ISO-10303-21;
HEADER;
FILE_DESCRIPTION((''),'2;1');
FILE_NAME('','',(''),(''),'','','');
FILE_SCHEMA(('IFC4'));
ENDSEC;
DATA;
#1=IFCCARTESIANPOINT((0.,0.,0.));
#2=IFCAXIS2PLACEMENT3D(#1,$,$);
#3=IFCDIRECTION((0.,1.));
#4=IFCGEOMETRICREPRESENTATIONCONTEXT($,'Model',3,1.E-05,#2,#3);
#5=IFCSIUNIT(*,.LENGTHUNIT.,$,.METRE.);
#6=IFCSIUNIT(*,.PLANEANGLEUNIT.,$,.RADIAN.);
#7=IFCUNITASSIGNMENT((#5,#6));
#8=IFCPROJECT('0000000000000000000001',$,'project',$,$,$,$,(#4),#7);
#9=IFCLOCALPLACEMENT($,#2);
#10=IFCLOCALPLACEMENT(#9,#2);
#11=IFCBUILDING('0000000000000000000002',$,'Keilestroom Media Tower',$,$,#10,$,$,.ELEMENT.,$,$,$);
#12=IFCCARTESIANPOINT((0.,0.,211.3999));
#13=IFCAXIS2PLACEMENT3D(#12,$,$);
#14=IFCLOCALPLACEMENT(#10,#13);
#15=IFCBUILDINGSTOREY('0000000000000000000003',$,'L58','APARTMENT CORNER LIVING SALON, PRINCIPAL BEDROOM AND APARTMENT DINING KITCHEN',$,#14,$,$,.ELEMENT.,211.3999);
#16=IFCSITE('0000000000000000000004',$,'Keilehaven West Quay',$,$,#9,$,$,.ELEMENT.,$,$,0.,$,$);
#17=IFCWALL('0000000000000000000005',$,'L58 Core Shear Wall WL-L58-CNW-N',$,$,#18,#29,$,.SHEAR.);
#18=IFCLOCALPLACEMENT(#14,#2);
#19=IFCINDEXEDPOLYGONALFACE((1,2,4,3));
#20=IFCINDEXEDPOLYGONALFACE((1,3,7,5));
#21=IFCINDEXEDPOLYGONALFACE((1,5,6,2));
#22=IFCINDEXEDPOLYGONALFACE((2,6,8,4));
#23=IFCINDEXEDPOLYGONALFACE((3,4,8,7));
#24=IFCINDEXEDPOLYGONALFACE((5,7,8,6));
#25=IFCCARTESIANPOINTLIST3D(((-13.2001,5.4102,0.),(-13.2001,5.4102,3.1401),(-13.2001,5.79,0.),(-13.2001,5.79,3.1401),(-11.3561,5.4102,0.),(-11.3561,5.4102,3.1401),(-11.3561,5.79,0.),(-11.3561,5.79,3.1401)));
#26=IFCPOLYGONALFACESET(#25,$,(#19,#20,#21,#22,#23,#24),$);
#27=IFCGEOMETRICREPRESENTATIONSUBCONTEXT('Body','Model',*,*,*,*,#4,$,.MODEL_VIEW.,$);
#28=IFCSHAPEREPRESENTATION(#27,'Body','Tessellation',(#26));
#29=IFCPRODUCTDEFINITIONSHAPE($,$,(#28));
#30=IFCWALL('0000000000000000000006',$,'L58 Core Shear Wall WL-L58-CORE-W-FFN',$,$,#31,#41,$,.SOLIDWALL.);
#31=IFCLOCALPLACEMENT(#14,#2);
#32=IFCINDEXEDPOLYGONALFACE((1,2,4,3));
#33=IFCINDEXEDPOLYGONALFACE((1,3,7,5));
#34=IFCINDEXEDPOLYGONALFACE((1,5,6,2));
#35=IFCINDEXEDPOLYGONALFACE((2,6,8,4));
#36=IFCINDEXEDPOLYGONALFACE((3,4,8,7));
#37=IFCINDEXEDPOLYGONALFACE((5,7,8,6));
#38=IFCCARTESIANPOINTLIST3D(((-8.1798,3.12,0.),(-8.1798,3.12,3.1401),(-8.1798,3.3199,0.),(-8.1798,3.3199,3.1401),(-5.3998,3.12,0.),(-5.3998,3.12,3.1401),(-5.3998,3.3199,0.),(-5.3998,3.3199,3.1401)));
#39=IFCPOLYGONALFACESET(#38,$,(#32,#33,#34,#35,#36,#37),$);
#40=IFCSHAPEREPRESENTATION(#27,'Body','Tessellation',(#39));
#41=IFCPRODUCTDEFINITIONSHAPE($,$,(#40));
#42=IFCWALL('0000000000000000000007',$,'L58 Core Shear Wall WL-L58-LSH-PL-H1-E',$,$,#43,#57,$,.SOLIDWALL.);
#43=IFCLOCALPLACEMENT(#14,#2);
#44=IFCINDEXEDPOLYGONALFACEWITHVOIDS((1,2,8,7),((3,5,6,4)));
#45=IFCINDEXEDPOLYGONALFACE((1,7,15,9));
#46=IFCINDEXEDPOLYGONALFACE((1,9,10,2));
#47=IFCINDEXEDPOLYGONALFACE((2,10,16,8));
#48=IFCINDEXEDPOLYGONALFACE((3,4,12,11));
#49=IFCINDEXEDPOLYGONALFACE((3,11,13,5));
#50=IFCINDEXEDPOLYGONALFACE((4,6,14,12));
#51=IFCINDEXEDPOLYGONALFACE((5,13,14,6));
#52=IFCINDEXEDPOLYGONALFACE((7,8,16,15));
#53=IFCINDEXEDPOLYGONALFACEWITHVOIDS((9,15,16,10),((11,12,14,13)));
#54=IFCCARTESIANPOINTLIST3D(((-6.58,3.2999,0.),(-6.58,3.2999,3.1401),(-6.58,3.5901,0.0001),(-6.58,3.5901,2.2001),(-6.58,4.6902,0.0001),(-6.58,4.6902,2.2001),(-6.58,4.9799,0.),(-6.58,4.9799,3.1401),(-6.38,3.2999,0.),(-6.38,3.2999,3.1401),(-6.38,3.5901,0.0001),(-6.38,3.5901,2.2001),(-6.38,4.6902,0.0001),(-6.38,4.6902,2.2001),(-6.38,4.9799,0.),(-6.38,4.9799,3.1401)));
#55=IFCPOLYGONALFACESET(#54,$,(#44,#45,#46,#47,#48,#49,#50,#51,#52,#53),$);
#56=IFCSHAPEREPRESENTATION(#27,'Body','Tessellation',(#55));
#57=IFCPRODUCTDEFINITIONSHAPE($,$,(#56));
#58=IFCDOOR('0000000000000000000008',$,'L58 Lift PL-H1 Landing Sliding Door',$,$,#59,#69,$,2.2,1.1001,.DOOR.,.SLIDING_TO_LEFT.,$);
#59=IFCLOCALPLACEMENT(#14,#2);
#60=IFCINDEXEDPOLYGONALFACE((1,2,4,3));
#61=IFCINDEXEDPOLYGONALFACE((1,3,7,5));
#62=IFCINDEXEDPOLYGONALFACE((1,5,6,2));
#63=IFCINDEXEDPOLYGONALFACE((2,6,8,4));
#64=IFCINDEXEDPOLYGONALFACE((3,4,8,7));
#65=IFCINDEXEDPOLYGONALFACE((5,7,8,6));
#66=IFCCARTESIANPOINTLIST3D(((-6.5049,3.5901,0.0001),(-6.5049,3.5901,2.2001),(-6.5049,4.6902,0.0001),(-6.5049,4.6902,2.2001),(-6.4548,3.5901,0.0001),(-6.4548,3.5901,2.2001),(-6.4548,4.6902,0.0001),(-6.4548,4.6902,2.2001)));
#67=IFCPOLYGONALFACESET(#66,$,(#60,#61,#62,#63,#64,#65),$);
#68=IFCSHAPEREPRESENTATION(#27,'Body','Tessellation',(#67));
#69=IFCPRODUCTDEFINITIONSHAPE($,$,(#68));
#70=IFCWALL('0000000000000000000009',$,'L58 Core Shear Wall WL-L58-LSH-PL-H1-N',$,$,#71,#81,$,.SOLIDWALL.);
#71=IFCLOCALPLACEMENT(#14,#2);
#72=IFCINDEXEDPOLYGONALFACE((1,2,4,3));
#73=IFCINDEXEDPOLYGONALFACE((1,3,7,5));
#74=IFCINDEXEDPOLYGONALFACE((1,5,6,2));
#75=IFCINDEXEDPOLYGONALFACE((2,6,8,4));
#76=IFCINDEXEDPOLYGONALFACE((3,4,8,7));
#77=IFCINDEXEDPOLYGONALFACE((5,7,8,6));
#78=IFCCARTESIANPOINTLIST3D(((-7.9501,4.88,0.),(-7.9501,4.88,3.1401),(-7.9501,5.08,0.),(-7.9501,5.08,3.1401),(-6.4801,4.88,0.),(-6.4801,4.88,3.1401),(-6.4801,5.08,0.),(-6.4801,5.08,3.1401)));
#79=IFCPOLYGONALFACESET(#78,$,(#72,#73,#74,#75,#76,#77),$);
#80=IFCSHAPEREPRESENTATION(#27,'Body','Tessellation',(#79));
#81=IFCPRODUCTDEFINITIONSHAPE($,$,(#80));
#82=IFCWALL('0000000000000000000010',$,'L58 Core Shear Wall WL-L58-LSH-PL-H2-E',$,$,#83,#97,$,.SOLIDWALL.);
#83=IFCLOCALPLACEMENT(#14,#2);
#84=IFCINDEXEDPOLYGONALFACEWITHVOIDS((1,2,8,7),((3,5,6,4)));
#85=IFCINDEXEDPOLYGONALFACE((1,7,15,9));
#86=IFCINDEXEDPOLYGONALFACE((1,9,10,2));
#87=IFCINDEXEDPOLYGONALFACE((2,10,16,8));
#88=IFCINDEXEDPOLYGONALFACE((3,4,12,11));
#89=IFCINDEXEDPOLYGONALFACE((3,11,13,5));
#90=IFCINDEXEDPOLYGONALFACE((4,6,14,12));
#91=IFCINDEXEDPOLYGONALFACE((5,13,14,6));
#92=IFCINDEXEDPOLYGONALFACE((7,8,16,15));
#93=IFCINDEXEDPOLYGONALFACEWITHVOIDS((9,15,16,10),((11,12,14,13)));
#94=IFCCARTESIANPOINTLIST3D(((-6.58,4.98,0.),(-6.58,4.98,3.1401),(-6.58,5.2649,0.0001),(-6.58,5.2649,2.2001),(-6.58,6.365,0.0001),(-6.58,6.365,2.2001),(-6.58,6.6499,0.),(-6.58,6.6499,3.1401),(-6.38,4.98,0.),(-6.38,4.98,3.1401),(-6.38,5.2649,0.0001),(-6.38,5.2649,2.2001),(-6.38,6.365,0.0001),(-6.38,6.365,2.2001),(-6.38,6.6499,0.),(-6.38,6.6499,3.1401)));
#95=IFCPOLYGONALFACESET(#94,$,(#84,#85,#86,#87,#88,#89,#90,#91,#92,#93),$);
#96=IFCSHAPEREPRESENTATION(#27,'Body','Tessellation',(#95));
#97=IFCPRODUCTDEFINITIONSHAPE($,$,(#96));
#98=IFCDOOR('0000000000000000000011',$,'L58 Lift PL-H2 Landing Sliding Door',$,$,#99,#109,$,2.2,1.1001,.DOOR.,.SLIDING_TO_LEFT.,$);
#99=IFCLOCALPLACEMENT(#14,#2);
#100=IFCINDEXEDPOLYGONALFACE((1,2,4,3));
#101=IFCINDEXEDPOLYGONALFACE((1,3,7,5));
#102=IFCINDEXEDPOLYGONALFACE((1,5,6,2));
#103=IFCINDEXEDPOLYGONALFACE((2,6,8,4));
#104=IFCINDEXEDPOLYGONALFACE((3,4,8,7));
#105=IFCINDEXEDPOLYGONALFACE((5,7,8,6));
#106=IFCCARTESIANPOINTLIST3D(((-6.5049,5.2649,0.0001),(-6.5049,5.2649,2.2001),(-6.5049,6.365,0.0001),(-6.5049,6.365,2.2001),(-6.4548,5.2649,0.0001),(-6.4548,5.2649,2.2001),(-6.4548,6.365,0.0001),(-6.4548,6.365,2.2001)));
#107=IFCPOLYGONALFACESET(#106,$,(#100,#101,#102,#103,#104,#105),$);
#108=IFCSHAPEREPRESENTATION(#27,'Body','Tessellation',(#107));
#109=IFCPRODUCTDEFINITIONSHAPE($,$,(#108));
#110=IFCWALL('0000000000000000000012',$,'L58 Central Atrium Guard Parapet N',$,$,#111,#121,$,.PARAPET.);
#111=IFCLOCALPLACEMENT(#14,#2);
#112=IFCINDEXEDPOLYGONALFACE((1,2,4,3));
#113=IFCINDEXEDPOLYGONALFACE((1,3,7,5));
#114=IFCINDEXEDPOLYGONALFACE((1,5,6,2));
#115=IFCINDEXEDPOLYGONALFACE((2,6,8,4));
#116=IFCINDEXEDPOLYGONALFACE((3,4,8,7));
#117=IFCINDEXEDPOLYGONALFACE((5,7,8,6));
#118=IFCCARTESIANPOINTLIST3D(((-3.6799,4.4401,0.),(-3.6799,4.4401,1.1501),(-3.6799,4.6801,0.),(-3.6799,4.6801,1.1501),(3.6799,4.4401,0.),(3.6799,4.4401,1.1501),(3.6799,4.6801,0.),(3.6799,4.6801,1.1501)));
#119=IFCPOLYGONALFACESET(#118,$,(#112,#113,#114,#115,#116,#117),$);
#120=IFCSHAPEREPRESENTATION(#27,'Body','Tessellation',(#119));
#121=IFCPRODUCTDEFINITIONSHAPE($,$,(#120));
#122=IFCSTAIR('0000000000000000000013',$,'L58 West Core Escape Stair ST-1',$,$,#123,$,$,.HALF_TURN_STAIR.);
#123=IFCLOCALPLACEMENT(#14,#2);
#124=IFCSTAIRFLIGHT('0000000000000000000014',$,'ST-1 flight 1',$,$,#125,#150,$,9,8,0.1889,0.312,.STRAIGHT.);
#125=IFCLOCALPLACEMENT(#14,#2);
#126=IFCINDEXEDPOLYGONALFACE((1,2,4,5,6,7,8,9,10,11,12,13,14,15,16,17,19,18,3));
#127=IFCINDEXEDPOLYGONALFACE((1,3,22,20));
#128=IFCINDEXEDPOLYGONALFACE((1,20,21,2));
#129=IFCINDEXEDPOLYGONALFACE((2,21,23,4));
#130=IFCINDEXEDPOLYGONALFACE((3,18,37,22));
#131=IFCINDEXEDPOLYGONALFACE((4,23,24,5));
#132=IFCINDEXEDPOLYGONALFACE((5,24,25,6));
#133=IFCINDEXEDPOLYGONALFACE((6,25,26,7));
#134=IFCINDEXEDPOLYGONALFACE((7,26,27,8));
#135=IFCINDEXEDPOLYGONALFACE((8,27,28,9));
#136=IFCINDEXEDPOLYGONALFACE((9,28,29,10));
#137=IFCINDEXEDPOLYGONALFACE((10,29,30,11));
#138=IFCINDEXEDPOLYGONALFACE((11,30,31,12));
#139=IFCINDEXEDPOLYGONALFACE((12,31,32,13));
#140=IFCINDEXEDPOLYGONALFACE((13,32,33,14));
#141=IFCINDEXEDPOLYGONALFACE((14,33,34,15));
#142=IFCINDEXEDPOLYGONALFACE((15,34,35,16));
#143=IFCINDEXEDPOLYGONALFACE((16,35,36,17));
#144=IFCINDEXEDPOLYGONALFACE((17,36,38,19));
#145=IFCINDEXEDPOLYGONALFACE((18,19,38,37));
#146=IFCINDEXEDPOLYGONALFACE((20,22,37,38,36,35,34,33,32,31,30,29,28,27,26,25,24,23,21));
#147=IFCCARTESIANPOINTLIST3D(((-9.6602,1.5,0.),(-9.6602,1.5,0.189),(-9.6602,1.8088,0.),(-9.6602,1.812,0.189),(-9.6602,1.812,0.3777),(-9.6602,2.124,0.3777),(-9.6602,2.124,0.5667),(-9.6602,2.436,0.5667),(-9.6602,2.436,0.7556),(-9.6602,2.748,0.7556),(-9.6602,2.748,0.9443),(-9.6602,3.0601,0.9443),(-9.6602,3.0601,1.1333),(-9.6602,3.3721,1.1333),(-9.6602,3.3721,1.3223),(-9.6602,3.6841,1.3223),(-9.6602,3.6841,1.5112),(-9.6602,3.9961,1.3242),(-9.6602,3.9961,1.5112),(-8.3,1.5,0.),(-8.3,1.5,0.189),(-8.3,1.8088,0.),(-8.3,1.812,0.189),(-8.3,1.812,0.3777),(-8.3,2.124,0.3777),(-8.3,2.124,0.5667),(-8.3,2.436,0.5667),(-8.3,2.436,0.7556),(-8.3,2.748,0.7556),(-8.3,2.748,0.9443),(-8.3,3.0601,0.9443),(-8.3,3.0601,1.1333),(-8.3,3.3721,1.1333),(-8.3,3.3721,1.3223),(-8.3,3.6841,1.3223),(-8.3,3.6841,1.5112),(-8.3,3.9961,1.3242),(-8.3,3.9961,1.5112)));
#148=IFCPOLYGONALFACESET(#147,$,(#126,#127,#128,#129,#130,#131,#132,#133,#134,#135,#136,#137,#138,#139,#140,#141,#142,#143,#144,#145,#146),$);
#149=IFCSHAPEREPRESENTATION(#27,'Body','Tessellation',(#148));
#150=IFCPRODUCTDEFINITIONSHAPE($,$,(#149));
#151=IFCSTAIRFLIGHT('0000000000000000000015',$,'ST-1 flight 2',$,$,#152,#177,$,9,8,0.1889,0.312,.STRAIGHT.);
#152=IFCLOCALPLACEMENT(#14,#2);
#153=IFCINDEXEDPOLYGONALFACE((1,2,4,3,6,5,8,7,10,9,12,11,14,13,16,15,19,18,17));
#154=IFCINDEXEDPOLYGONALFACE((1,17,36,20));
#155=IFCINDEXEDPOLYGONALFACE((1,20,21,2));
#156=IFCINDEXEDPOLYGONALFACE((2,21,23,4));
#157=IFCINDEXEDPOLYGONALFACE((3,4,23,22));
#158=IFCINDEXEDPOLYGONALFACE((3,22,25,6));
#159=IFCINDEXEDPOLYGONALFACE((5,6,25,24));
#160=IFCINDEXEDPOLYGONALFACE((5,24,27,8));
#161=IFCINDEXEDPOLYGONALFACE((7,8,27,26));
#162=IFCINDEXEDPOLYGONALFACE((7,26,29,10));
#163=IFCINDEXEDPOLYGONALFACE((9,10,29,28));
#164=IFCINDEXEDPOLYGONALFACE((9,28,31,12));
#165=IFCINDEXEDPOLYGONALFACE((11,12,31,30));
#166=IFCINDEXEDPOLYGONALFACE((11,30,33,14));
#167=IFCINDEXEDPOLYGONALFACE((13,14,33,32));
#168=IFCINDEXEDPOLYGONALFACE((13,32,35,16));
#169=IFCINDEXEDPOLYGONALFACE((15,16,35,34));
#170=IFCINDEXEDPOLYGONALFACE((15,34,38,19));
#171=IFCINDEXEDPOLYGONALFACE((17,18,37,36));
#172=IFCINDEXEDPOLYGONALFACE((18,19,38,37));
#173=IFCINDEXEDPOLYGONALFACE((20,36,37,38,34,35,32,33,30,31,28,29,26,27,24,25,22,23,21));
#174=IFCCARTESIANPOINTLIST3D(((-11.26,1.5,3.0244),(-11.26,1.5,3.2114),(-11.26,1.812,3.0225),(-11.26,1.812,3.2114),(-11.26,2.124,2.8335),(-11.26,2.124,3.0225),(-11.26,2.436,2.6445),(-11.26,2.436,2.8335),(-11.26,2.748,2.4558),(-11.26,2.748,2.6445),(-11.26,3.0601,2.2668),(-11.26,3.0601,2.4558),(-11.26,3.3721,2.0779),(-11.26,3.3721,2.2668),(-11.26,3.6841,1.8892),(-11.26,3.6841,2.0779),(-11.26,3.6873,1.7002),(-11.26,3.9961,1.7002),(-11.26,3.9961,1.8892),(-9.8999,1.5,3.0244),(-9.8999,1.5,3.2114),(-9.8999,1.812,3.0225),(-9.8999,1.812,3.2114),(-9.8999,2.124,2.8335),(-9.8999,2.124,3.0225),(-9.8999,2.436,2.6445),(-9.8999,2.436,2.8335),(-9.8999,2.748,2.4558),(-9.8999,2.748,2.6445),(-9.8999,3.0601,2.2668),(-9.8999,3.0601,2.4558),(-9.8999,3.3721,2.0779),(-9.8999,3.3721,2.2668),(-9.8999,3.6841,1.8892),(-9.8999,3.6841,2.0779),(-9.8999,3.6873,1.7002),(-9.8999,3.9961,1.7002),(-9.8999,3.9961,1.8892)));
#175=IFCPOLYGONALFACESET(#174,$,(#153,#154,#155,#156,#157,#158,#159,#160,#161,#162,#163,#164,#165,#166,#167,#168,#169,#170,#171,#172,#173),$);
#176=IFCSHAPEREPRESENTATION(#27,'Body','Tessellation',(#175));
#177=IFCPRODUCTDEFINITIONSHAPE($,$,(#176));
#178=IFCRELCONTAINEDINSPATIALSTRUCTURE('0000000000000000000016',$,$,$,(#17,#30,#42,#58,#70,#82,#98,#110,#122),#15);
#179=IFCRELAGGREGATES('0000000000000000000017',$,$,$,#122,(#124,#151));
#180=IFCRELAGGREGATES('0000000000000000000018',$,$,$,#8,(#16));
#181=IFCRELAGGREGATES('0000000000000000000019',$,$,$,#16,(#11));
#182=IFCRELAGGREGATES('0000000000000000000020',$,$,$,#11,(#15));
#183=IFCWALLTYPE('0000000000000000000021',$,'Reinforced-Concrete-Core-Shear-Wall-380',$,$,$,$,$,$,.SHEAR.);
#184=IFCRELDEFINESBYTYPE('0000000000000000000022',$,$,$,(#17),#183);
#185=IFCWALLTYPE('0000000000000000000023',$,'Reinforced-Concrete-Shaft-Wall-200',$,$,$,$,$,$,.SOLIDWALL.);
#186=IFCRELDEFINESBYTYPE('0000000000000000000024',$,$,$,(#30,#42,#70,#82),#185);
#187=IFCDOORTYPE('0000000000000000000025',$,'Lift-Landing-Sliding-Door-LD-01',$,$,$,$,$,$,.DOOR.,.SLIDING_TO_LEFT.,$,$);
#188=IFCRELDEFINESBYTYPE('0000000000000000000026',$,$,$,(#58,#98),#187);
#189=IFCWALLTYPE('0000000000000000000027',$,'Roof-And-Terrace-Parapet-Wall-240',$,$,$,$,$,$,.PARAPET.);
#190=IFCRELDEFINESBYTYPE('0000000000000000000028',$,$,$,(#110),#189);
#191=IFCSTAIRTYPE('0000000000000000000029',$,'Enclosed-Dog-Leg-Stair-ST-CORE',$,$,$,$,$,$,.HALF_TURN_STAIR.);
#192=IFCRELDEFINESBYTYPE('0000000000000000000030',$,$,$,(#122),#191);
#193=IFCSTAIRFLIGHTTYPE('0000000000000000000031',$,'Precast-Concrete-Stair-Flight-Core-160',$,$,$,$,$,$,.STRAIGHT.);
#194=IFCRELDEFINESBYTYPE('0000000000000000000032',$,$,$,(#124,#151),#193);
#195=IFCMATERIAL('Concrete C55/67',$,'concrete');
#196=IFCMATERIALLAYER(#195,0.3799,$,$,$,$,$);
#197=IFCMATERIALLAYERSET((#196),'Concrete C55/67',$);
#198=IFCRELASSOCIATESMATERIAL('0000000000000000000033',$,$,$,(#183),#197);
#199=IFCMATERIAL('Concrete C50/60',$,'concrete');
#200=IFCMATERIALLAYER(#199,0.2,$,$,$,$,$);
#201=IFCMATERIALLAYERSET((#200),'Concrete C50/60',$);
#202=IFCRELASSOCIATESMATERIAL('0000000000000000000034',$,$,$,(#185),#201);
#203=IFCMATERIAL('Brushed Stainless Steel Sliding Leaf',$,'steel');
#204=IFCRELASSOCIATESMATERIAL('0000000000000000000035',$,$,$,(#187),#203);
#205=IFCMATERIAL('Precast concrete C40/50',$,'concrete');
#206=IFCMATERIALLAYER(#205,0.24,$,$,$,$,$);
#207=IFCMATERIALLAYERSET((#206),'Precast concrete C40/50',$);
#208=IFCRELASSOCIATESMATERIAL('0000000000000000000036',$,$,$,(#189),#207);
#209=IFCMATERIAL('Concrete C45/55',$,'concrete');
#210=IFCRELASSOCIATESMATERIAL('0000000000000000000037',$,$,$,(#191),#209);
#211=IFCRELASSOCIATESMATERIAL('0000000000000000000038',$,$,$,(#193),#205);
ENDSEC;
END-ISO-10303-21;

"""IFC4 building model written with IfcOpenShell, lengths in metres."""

from ifc_helpers import new_model, si_unit, direction, frame, frame_2d, origin, place, context, subcontext, project, spatial, polyline, rectangle, outline, extrude, source, transform, mapped, material, layer, layer_set, type_object, element, fill, aggregate, save


model = new_model("IFC4")

# Units and contexts
model_context = context("Model", 3, precision=1e-05, world=origin(), true_north=direction((0.0, 1.0)))
body_context = subcontext(model_context, "Body", "Model", "MODEL_VIEW")
ifc_project = project(units=[si_unit("LENGTHUNIT", "METRE"), si_unit("PLANEANGLEUNIT", "RADIAN")], contexts=[model_context])

# Site, building, storey
site_placement = place(None, origin())
site = spatial("IfcSite", under=ifc_project, at=site_placement, Name="Keilehaven West Quay", CompositionType="ELEMENT", RefElevation=0.0)
building_placement = place(site_placement, origin())
building = spatial("IfcBuilding", under=site, at=building_placement, Name="Keilestroom Media Tower", CompositionType="ELEMENT")
storey_placement = place(building_placement, frame((0.0, 0.0, 211.3999)))
storey = spatial("IfcBuildingStorey", under=building, at=storey_placement, Name="L58", Description="APARTMENT CORNER LIVING SALON, PRINCIPAL BEDROOM AND APARTMENT DINING KITCHEN", CompositionType="ELEMENT", Elevation=211.3999)

# Shared definitions
ifc_material_1 = material(Name="Concrete C50/60", Category="concrete")

# Walls
ifc_material_2 = material(Name="Precast concrete C40/50", Category="concrete")
ifc_material_3 = material(Name="Concrete C55/67", Category="concrete")
ifc_layer_1 = layer(ifc_material_3, 0.3799)
ifc_layer_set_1 = layer_set([ifc_layer_1], Name="Concrete C55/67")
wall_type_1 = type_object("IfcWallType", Name="Reinforced-Concrete-Core-Shear-Wall-380", PredefinedType="SHEAR", material=ifc_layer_set_1)
wall_1_placement = place(storey_placement, frame((-13.2, 5.6001, 0.0), z_axis=(0.0, 0.0, 1.0), x_axis=(1.0, 0.0, 0.0)))
element("IfcWall", 1, at=wall_1_placement, inside=storey, type_object=wall_type_1, Name="L58 Core Shear Wall WL-L58-CNW-N", PredefinedType="SHEAR", context=body_context, shape_type="SweptSolid", body=[
    extrude(rectangle(XDim=1.844, YDim=0.3799, at=frame_2d((0.9219, 0.0))), origin(), (0.0, 0.0, 1.0), 3.1401),
])
ifc_layer_2 = layer(ifc_material_1, 0.2)
ifc_layer_set_2 = layer_set([ifc_layer_2], Name="Concrete C50/60")
wall_type_2 = type_object("IfcWallType", Name="Reinforced-Concrete-Shaft-Wall-200", PredefinedType="SOLIDWALL", material=ifc_layer_set_2)
wall_2_placement = place(storey_placement, frame((-8.1799, 3.22, 0.0), z_axis=(0.0, 0.0, 1.0), x_axis=(1.0, 0.0, 0.0)))
element("IfcWall", 2, at=wall_2_placement, inside=storey, type_object=wall_type_2, Name="L58 Core Shear Wall WL-L58-CORE-W-FFN", PredefinedType="SOLIDWALL", context=body_context, shape_type="SweptSolid", body=[
    extrude(rectangle(XDim=2.78, YDim=0.2, at=frame_2d((1.3901, 0.0))), origin(), (0.0, 0.0, 1.0), 3.1401),
])

# Wall, opening, door
wall_3_placement = place(storey_placement, frame((-6.48, 3.3, 0.0), z_axis=(0.0, 0.0, 1.0), x_axis=(0.0, 1.0, 0.0)))
wall_3 = element("IfcWall", 3, at=wall_3_placement, inside=storey, type_object=wall_type_2, Name="L58 Core Shear Wall WL-L58-LSH-PL-H1-E", PredefinedType="SOLIDWALL", context=body_context, shape_type="SweptSolid", body=[
    extrude(rectangle(XDim=1.6799, YDim=0.2, at=frame_2d((0.8398, 0.0))), origin(), (0.0, 0.0, 1.0), 3.1401),
])
opening_1_placement = place(wall_3_placement, frame((0.29, 0.0, 0.0)))
opening_1 = element("IfcOpeningElement", 4, at=opening_1_placement, cuts=wall_3, PredefinedType="OPENING", context=body_context, shape_type="SweptSolid", body=[
    extrude(rectangle(XDim=1.1001, YDim=2.2, at=frame_2d((0.55, 1.1001))), frame((0.0, 0.1099, 0.0), z_axis=(0.0, -1.0, 0.0), x_axis=(1.0, 0.0, 0.0)), (0.0, 0.0, 1.0), 0.22),
])
ifc_material_4 = material(Name="Brushed Stainless Steel Sliding Leaf", Category="steel")
door_type = type_object("IfcDoorType", Name="Lift-Landing-Sliding-Door-LD-01", OperationType="SLIDING_TO_LEFT", PredefinedType="DOOR", material=ifc_material_4)
shared_shape_1 = source(origin(), body_context, "Body", "SweptSolid", [
    extrude(rectangle(XDim=1.1001, YDim=2.2, at=frame_2d((0.55, 1.1001))), frame((0.0, 0.0249, 0.0), z_axis=(0.0, -1.0, 0.0), x_axis=(1.0, 0.0, 0.0)), (0.0, 0.0, 1.0), 0.05),
])
door_1_placement = place(opening_1_placement, origin())
door_1 = element("IfcDoor", 5, at=door_1_placement, inside=storey, type_object=door_type, Name="L58 Lift PL-H1 Landing Sliding Door", OperationType="SLIDING_TO_LEFT", OverallHeight=2.2, OverallWidth=1.1001, PredefinedType="DOOR", context=body_context, shape_type="MappedRepresentation", body=[
    mapped(shared_shape_1, transform((0.0, 0.0, 0.0), x_axis=(1.0, 0.0, 0.0), y_axis=(0.0, 1.0, 0.0), z_axis=(0.0, 0.0, 1.0), scale=1.0)),
])
fill(opening_1, door_1)

# Wall
wall_4_placement = place(storey_placement, frame((-7.95, 4.98, 0.0), z_axis=(0.0, 0.0, 1.0), x_axis=(1.0, 0.0, 0.0)))
element("IfcWall", 6, at=wall_4_placement, inside=storey, type_object=wall_type_2, Name="L58 Core Shear Wall WL-L58-LSH-PL-H1-N", PredefinedType="SOLIDWALL", context=body_context, shape_type="SweptSolid", body=[
    extrude(rectangle(XDim=1.47, YDim=0.2, at=frame_2d((0.7349, 0.0))), origin(), (0.0, 0.0, 1.0), 3.1401),
])

# Wall, opening, door
wall_5_placement = place(storey_placement, frame((-6.48, 4.98, 0.0), z_axis=(0.0, 0.0, 1.0), x_axis=(0.0, 1.0, 0.0)))
wall_5 = element("IfcWall", 7, at=wall_5_placement, inside=storey, type_object=wall_type_2, Name="L58 Core Shear Wall WL-L58-LSH-PL-H2-E", PredefinedType="SOLIDWALL", context=body_context, shape_type="SweptSolid", body=[
    extrude(rectangle(XDim=1.6699, YDim=0.2, at=frame_2d((0.835, 0.0))), origin(), (0.0, 0.0, 1.0), 3.1401),
])
opening_2_placement = place(wall_5_placement, frame((0.2849, 0.0, 0.0)))
opening_2 = element("IfcOpeningElement", 8, at=opening_2_placement, cuts=wall_5, PredefinedType="OPENING", context=body_context, shape_type="SweptSolid", body=[
    extrude(rectangle(XDim=1.1001, YDim=2.2, at=frame_2d((0.55, 1.1001))), frame((0.0, 0.1099, 0.0), z_axis=(0.0, -1.0, 0.0), x_axis=(1.0, 0.0, 0.0)), (0.0, 0.0, 1.0), 0.22),
])
door_2_placement = place(opening_2_placement, origin())
door_2 = element("IfcDoor", 9, at=door_2_placement, inside=storey, type_object=door_type, Name="L58 Lift PL-H2 Landing Sliding Door", OperationType="SLIDING_TO_LEFT", OverallHeight=2.2, OverallWidth=1.1001, PredefinedType="DOOR", context=body_context, shape_type="MappedRepresentation", body=[
    mapped(shared_shape_1, transform((0.0, 0.0, 0.0), x_axis=(1.0, 0.0, 0.0), y_axis=(0.0, 1.0, 0.0), z_axis=(0.0, 0.0, 1.0), scale=1.0)),
])
fill(opening_2, door_2)

# Wall
ifc_layer_3 = layer(ifc_material_2, 0.24)
ifc_layer_set_3 = layer_set([ifc_layer_3], Name="Precast concrete C40/50")
wall_type_3 = type_object("IfcWallType", Name="Roof-And-Terrace-Parapet-Wall-240", PredefinedType="PARAPET", material=ifc_layer_set_3)
wall_6_placement = place(storey_placement, frame((-3.6799, 4.5601, 0.0), z_axis=(0.0, 0.0, 1.0), x_axis=(1.0, 0.0, 0.0)))
element("IfcWall", 10, at=wall_6_placement, inside=storey, type_object=wall_type_3, Name="L58 Central Atrium Guard Parapet N", PredefinedType="PARAPET", context=body_context, shape_type="SweptSolid", body=[
    extrude(rectangle(XDim=7.3599, YDim=0.24, at=frame_2d((3.6799, 0.0))), origin(), (0.0, 0.0, 1.0), 1.1501),
])

# Stair, stair flights
ifc_material_5 = material(Name="Concrete C45/55", Category="concrete")
stair_type = type_object("IfcStairType", Name="Enclosed-Dog-Leg-Stair-ST-CORE", PredefinedType="HALF_TURN_STAIR", material=ifc_material_5)
stair_placement = place(storey_placement, origin())
stair = element("IfcStair", 11, at=stair_placement, inside=storey, type_object=stair_type, Name="L58 West Core Escape Stair ST-1", PredefinedType="HALF_TURN_STAIR")
stair_flight_type = type_object("IfcStairFlightType", Name="Precast-Concrete-Stair-Flight-Core-160", PredefinedType="STRAIGHT", material=ifc_material_2)
stair_flight_1_placement = place(storey_placement, frame((-8.98, 1.5, 0.0), z_axis=(0.0, 0.0, 1.0), x_axis=(0.0, 1.0, 0.0)))
stair_flight_1 = element("IfcStairFlight", 12, at=stair_flight_1_placement, type_object=stair_flight_type, Name="ST-1 flight 1", NumberOfRisers=9, NumberOfTreads=8, PredefinedType="STRAIGHT", RiserHeight=0.1889, TreadLength=0.312, context=body_context, shape_type="SweptSolid", body=[
    extrude(outline(polyline([(0.0, 0.0), (0.0, 0.189), (0.312, 0.189), (0.312, 0.3777), (0.624, 0.3777), (0.624, 0.5667), (0.936, 0.5667), (0.936, 0.7556), (1.248, 0.7556), (1.248, 0.9443), (1.5601, 0.9443), (1.5601, 1.1333), (1.8721, 1.1333), (1.8721, 1.3223), (2.1841, 1.3223), (2.1841, 1.5112), (2.4961, 1.5112), (2.4961, 1.7), (2.4961, 1.3242), (0.3088, 0.0), (0.0, 0.0)])), frame((0.0, 0.6802, 0.0), z_axis=(0.0, -1.0, 0.0), x_axis=(1.0, 0.0, 0.0)), (0.0, 0.0, 1.0), 1.3601),
])
stair_flight_2_placement = place(storey_placement, frame((-10.5801, 3.9961, 1.7002), z_axis=(0.0, 0.0, 1.0), x_axis=(0.0, -1.0, 0.0)))
stair_flight_2 = element("IfcStairFlight", 13, at=stair_flight_2_placement, type_object=stair_flight_type, Name="ST-1 flight 2", NumberOfRisers=9, NumberOfTreads=8, PredefinedType="STRAIGHT", RiserHeight=0.1889, TreadLength=0.312, context=body_context, shape_type="SweptSolid", body=[
    extrude(outline(polyline([(0.0, 0.0), (0.0, 0.189), (0.312, 0.189), (0.312, 0.3777), (0.624, 0.3777), (0.624, 0.5667), (0.936, 0.5667), (0.936, 0.7556), (1.248, 0.7556), (1.248, 0.9443), (1.5601, 0.9443), (1.5601, 1.1333), (1.8721, 1.1333), (1.8721, 1.3223), (2.1841, 1.3223), (2.1841, 1.5112), (2.4961, 1.5112), (2.4961, 1.7), (2.4961, 1.3242), (0.3088, 0.0), (0.0, 0.0)])), frame((0.0, 0.6802, 0.0), z_axis=(0.0, -1.0, 0.0), x_axis=(1.0, 0.0, 0.0)), (0.0, 0.0, 1.0), 1.3601),
])
aggregate(stair, [stair_flight_1, stair_flight_2])

save(model, "model.ifc")
